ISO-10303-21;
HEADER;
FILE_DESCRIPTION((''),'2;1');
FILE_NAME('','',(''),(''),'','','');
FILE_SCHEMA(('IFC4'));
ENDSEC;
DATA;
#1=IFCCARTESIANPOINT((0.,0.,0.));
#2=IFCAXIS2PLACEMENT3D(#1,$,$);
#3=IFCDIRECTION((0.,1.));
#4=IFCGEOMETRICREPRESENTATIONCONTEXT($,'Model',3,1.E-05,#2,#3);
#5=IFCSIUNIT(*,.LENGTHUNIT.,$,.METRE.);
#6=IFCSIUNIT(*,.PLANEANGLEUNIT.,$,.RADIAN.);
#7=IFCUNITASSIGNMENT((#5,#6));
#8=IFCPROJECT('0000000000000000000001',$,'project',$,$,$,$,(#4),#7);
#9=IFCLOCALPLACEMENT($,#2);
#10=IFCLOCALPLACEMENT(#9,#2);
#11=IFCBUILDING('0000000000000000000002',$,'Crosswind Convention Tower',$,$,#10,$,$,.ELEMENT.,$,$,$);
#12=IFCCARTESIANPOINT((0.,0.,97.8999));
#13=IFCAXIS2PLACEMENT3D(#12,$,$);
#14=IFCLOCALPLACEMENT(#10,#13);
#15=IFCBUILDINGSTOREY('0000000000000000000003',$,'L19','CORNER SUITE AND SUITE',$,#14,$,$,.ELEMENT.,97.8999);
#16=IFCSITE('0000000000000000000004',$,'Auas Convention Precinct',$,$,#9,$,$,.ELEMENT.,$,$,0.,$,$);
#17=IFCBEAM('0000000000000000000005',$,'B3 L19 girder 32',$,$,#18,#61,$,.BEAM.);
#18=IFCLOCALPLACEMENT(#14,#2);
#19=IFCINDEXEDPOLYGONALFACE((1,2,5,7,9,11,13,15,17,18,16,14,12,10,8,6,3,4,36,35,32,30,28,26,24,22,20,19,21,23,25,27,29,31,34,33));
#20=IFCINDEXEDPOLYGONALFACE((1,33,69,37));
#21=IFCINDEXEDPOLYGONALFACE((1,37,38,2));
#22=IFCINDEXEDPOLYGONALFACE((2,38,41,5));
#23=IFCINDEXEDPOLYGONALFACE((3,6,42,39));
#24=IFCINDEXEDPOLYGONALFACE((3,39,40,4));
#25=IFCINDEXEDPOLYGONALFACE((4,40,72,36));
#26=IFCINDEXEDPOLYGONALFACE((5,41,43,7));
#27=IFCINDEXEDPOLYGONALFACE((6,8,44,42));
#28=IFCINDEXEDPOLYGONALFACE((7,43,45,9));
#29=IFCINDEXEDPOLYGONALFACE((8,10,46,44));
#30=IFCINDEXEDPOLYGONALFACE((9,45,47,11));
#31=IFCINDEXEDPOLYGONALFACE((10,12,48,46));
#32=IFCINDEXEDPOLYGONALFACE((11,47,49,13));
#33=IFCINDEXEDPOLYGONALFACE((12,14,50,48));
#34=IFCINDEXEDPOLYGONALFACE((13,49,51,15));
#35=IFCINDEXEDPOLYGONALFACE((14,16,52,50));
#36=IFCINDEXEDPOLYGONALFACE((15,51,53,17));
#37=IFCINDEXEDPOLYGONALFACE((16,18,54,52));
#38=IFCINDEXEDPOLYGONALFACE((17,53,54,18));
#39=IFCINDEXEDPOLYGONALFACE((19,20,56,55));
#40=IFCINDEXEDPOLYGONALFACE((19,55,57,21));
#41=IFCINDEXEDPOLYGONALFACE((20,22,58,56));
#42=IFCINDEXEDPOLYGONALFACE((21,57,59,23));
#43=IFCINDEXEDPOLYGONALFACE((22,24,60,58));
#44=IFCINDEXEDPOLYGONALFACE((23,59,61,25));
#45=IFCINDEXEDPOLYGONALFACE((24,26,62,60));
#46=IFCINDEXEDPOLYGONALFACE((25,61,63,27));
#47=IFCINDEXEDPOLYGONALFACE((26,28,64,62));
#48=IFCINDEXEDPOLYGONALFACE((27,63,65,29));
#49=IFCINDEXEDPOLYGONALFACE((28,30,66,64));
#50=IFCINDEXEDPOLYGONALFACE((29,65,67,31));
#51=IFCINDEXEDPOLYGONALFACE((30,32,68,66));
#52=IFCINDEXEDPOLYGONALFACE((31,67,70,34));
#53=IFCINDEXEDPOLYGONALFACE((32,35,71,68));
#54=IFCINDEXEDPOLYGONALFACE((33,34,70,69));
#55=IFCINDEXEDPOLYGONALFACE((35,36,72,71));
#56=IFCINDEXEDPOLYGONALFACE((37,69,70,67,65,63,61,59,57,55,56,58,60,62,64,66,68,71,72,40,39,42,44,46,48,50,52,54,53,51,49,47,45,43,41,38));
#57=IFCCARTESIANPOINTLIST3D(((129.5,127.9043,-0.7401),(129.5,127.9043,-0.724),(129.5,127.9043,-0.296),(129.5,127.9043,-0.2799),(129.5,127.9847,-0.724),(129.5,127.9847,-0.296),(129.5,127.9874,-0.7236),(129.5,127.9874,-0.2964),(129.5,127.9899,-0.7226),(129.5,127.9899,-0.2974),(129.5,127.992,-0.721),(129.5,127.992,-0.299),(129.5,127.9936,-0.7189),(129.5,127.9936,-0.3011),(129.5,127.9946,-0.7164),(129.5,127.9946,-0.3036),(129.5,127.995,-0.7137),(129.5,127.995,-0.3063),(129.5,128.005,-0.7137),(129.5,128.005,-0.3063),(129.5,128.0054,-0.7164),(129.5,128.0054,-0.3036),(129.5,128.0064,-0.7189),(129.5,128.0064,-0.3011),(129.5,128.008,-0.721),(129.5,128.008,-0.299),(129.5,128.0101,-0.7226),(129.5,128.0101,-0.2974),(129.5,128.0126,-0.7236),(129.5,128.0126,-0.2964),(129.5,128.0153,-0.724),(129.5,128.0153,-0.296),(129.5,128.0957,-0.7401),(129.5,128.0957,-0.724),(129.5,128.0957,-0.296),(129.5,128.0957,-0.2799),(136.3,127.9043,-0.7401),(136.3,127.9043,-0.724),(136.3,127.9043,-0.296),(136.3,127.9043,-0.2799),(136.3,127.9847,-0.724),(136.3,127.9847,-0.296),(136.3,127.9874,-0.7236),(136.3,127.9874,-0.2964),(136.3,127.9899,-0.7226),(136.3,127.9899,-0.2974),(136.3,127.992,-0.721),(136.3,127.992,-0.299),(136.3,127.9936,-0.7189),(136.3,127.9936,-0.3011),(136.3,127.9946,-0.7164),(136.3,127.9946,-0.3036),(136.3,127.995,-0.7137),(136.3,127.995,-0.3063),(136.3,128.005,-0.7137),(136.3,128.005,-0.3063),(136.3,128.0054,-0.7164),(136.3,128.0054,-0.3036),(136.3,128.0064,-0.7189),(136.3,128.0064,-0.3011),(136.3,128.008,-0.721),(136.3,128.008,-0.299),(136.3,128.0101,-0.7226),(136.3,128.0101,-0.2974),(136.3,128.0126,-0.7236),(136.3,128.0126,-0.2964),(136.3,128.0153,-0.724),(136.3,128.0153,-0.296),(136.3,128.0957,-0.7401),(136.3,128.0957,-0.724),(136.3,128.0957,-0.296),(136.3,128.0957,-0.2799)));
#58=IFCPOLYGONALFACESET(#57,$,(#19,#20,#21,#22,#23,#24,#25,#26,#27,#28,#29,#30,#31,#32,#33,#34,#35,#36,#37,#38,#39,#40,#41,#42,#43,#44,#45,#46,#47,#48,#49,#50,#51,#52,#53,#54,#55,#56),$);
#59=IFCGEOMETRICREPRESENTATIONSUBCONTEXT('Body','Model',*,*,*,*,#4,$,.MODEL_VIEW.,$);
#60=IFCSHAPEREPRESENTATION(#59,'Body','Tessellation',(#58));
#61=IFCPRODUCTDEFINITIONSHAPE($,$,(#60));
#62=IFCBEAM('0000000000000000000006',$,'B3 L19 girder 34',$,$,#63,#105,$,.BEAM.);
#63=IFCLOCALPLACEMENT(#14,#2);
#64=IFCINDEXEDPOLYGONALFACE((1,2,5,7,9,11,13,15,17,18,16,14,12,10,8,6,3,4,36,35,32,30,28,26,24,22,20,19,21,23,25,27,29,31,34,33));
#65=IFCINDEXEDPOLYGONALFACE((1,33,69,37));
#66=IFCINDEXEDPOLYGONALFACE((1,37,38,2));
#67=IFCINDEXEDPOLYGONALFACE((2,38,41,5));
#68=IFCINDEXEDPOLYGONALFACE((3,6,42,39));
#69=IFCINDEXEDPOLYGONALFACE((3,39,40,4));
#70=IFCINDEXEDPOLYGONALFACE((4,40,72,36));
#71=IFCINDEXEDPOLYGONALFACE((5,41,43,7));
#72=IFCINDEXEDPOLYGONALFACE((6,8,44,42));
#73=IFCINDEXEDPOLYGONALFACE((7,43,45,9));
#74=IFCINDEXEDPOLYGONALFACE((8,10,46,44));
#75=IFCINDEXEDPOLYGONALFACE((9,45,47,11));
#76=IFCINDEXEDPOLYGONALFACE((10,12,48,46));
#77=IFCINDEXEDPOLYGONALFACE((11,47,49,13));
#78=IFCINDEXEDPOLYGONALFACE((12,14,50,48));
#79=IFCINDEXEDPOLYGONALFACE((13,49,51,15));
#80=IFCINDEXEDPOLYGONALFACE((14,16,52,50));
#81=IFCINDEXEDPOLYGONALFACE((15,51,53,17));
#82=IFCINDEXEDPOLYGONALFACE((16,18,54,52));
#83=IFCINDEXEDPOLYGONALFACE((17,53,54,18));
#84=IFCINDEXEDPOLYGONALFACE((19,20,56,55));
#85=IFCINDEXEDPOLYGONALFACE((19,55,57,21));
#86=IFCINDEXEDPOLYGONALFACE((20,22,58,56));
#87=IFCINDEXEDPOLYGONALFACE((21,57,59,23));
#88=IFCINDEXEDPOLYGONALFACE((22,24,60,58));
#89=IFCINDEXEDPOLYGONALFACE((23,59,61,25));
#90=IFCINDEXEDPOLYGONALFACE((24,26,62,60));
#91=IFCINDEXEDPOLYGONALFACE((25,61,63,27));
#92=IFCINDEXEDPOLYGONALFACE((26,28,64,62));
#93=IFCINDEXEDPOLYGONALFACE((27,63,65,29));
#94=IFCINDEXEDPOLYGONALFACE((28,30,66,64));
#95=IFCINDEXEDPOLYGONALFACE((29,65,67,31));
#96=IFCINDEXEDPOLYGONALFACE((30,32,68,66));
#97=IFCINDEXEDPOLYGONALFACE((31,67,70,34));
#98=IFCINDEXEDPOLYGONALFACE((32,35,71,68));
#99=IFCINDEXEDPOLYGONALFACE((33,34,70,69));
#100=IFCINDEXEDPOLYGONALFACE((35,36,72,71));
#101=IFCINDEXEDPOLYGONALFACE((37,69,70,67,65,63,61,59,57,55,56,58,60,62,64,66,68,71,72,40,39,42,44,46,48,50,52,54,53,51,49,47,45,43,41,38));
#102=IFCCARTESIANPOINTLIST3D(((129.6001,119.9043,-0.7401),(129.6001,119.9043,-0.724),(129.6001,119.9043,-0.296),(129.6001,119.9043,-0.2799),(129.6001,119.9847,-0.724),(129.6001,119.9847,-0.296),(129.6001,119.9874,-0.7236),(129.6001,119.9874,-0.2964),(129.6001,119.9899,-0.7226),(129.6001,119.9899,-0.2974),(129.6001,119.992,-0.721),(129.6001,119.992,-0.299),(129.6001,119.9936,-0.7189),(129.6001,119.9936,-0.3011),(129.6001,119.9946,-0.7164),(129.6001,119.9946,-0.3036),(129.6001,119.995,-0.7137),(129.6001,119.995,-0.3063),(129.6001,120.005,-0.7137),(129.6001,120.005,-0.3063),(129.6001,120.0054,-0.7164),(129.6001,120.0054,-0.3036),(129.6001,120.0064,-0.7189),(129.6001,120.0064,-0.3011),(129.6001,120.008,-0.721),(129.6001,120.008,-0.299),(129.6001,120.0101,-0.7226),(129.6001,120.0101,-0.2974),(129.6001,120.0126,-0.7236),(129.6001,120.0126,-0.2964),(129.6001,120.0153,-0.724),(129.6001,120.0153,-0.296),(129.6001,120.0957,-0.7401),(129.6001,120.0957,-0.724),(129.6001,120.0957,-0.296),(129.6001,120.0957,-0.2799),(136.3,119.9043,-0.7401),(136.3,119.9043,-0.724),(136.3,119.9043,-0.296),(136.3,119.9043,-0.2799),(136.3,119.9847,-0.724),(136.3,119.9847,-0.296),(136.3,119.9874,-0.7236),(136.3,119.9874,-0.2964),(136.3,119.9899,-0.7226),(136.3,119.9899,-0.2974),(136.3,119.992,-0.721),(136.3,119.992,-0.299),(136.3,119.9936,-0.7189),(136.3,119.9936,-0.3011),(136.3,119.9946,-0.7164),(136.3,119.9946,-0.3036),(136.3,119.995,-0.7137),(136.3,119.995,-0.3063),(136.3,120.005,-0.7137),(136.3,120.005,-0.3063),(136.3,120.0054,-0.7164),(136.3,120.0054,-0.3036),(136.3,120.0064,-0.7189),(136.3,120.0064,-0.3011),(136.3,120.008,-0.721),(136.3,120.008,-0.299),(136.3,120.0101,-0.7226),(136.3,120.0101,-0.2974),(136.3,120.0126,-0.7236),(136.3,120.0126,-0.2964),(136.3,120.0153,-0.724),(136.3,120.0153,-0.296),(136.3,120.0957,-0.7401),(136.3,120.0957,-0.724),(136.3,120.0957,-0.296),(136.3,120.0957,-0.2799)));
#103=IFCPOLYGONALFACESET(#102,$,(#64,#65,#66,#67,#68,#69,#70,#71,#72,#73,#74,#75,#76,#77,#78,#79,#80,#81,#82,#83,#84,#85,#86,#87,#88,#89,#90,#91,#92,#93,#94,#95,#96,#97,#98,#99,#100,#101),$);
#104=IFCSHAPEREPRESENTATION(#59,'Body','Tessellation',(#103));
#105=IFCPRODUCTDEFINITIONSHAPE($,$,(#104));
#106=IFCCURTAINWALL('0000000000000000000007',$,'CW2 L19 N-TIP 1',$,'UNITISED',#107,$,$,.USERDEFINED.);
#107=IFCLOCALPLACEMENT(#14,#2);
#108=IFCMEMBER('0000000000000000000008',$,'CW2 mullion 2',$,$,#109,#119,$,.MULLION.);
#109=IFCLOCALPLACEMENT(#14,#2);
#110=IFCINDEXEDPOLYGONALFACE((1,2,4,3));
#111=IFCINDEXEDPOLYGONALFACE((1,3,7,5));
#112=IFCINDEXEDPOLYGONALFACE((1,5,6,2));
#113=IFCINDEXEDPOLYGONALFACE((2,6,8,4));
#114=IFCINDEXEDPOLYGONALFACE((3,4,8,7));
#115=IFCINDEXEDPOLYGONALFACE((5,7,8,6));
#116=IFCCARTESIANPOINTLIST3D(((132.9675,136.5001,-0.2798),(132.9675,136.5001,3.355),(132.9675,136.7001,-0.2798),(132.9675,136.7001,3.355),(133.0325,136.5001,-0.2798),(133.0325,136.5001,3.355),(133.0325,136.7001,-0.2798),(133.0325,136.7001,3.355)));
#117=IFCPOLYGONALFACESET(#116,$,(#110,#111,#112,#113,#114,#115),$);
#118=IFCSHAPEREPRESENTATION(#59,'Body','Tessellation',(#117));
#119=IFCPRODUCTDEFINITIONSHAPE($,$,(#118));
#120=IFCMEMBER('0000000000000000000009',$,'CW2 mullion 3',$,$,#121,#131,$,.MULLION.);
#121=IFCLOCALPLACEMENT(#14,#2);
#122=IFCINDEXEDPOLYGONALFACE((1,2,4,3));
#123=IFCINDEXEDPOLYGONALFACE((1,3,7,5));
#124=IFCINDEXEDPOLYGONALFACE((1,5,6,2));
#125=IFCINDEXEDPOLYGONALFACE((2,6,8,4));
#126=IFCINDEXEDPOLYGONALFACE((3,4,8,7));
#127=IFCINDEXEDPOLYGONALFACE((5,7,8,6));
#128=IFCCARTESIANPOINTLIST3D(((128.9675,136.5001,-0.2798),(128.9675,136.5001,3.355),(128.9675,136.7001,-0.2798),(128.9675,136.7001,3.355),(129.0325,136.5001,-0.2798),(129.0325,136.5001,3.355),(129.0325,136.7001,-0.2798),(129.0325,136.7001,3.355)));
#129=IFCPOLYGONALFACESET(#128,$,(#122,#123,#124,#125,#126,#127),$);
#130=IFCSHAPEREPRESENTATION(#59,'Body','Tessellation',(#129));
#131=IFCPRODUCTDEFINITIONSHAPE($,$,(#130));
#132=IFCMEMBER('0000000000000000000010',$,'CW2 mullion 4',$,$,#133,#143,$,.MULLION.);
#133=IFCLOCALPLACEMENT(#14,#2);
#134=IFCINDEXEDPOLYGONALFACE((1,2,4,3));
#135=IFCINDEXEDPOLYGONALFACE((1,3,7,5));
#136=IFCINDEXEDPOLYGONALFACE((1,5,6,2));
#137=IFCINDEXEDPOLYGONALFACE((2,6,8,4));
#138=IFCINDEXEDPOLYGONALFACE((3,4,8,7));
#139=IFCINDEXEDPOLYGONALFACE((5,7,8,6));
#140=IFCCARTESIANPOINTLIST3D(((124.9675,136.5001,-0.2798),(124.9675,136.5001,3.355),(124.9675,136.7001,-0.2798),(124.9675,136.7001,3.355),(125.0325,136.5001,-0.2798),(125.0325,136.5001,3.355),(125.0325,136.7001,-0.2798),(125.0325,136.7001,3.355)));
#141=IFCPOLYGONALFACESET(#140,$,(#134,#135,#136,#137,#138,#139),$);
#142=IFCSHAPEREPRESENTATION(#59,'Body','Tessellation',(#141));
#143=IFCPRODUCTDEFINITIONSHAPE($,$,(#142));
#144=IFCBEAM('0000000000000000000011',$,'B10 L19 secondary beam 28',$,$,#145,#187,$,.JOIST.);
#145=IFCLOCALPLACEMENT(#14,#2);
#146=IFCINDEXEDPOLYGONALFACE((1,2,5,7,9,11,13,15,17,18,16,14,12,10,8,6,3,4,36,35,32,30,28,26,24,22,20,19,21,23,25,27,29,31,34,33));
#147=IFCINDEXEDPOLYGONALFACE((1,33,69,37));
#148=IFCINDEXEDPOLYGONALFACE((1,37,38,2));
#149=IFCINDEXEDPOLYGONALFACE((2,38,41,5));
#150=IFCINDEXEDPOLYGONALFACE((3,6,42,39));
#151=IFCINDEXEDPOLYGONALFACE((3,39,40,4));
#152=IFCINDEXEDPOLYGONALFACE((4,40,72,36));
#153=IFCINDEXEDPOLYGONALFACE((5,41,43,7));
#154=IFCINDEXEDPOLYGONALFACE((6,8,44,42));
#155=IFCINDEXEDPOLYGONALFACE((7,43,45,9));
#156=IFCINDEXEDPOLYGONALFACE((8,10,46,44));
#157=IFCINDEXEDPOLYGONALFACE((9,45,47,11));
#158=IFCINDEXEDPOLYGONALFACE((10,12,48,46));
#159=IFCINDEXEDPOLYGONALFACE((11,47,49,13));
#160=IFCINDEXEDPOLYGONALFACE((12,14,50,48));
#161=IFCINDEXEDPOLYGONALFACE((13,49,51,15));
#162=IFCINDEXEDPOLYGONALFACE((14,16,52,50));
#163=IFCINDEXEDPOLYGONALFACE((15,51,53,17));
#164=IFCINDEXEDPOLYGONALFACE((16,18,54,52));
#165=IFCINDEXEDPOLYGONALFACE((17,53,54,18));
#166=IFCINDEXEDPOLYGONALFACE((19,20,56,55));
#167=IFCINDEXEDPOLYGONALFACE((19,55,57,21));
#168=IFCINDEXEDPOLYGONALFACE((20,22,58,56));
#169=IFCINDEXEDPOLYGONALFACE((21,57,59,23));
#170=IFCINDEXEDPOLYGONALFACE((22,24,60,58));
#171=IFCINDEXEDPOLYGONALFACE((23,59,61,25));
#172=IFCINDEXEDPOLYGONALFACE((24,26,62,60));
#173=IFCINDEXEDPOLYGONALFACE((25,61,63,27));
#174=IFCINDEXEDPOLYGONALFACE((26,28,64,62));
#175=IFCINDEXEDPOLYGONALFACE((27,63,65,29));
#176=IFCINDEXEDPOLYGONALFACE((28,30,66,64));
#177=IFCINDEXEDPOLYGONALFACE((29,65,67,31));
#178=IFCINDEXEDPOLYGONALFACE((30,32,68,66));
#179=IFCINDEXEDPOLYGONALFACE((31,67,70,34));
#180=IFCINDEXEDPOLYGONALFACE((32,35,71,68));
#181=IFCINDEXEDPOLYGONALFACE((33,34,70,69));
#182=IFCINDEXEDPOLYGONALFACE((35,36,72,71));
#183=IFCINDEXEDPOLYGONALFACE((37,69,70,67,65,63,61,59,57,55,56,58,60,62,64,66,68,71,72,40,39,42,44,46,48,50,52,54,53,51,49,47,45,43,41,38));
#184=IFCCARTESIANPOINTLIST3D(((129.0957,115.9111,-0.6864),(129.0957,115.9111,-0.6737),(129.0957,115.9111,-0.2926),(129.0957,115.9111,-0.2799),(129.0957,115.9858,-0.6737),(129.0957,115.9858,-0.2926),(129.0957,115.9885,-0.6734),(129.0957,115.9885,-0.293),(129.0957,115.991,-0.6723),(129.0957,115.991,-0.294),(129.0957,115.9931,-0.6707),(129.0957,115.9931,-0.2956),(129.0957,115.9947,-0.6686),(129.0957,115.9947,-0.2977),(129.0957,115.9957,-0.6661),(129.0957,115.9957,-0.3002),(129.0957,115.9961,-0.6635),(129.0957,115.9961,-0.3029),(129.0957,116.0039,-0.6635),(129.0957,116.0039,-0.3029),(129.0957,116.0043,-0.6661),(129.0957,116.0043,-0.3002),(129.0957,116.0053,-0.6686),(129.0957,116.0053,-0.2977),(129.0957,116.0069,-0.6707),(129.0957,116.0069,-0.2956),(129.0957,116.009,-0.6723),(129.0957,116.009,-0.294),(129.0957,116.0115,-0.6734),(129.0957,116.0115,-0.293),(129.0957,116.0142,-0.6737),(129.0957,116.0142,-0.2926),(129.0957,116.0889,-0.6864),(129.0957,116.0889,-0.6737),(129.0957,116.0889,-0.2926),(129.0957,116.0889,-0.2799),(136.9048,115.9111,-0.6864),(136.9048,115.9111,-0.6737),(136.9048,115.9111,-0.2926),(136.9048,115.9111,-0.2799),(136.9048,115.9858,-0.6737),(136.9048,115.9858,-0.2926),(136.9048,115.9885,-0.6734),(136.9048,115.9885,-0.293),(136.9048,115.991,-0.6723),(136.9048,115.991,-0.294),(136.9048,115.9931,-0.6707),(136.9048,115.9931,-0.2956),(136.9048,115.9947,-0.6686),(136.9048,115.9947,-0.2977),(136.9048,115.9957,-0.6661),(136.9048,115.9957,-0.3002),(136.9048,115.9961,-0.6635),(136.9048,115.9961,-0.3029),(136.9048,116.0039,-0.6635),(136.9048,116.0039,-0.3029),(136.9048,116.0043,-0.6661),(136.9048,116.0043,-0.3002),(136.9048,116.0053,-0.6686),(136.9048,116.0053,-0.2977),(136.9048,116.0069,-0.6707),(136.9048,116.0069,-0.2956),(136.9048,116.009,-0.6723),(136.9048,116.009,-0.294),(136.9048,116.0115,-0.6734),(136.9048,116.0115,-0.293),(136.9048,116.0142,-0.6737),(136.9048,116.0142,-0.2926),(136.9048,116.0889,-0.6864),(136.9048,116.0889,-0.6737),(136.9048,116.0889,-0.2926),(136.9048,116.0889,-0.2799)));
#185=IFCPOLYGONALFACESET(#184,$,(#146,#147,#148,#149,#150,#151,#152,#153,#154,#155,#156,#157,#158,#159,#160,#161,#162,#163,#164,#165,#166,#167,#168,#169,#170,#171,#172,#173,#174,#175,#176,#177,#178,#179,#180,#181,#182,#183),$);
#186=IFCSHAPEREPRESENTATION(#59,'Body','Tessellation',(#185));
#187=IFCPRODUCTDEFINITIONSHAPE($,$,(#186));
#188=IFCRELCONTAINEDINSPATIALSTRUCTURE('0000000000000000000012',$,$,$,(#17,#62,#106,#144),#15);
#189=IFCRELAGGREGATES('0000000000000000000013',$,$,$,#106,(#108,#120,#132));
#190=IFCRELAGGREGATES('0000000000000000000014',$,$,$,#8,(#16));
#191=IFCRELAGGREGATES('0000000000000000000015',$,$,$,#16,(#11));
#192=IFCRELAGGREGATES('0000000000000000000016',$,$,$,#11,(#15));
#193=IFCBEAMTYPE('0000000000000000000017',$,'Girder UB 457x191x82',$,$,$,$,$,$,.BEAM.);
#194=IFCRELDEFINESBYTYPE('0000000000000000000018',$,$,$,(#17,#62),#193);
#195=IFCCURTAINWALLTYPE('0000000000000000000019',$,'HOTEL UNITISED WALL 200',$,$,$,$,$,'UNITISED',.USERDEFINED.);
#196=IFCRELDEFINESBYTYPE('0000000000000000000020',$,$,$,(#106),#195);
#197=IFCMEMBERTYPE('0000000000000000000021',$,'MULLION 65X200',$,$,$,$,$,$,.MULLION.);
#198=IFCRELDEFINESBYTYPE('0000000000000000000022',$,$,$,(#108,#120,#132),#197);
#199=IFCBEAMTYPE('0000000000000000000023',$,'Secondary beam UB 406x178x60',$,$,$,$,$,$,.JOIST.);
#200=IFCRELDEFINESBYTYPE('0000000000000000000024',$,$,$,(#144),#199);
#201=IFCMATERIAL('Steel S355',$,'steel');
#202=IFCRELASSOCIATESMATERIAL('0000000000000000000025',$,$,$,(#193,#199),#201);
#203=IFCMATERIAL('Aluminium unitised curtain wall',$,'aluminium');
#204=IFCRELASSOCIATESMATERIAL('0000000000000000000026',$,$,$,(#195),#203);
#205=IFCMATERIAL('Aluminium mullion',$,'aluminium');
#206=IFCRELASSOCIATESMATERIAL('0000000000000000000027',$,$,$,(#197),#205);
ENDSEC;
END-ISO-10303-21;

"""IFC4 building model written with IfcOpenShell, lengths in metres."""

from ifc_helpers import new_model, si_unit, direction, frame, origin, origin_2d, place, context, subcontext, project, spatial, rectangle, i_section, extrude, material, material_profile, profile_set, type_object, element, aggregate, save


model = new_model("IFC4")

# Units and contexts
model_context = context("Model", 3, precision=1e-05, world=origin(), true_north=direction((0.0, 1.0)))
body_context = subcontext(model_context, "Body", "Model", "MODEL_VIEW")
ifc_project = project(units=[si_unit("LENGTHUNIT", "METRE"), si_unit("PLANEANGLEUNIT", "RADIAN")], contexts=[model_context])

# Site, building, storey
site_placement = place(None, origin())
site = spatial("IfcSite", under=ifc_project, at=site_placement, Name="Auas Convention Precinct", CompositionType="ELEMENT", RefElevation=0.0)
building_placement = place(site_placement, origin())
building = spatial("IfcBuilding", under=site, at=building_placement, Name="Crosswind Convention Tower", CompositionType="ELEMENT")
storey_placement = place(building_placement, frame((0.0, 0.0, 97.8999)))
storey = spatial("IfcBuildingStorey", under=building, at=storey_placement, Name="L19", Description="CORNER SUITE AND SUITE", CompositionType="ELEMENT", Elevation=97.8999)

# Beams
ifc_material_1 = material(Name="Steel S355", Category="steel")
ifc_material_profile_1 = material_profile(ifc_material_1, i_section(OverallWidth=0.1914, OverallDepth=0.4602, WebThickness=0.01, FlangeThickness=0.0161, FilletRadius=0.0103, at=origin_2d()), Name="UB 457x191x82")
ifc_profile_set_1 = profile_set([ifc_material_profile_1], Name="Steel S355")
beam_type_1 = type_object("IfcBeamType", Name="Girder UB 457x191x82", PredefinedType="BEAM", material=ifc_profile_set_1)
beam_1_placement = place(storey_placement, frame((129.5, 128.0, -0.51), z_axis=(1.0, 0.0, 0.0), x_axis=(0.0, 1.0, 0.0)))
element("IfcBeam", 1, at=beam_1_placement, inside=storey, type_object=beam_type_1, Name="B3 L19 girder 32", PredefinedType="BEAM", context=body_context, shape_type="SweptSolid", body=[
    extrude(i_section(OverallWidth=0.1914, OverallDepth=0.4602, WebThickness=0.01, FlangeThickness=0.0161, FilletRadius=0.0103, at=origin_2d()), origin(), (0.0, 0.0, 1.0), 6.8),
])
beam_2_placement = place(storey_placement, frame((129.6001, 120.0, -0.51), z_axis=(1.0, 0.0, 0.0), x_axis=(0.0, 1.0, 0.0)))
element("IfcBeam", 2, at=beam_2_placement, inside=storey, type_object=beam_type_1, Name="B3 L19 girder 34", PredefinedType="BEAM", context=body_context, shape_type="SweptSolid", body=[
    extrude(i_section(OverallWidth=0.1914, OverallDepth=0.4602, WebThickness=0.01, FlangeThickness=0.0161, FilletRadius=0.0103, at=origin_2d()), origin(), (0.0, 0.0, 1.0), 6.7),
])

# Curtain wall, members
ifc_material_2 = material(Name="Aluminium unitised curtain wall", Category="aluminium")
curtain_wall_type = type_object("IfcCurtainWallType", Name="HOTEL UNITISED WALL 200", ElementType="UNITISED", PredefinedType="USERDEFINED", material=ifc_material_2)
curtain_wall_placement = place(storey_placement, origin())
curtain_wall = element("IfcCurtainWall", 3, at=curtain_wall_placement, inside=storey, type_object=curtain_wall_type, Name="CW2 L19 N-TIP 1", ObjectType="UNITISED", PredefinedType="USERDEFINED")
ifc_material_3 = material(Name="Aluminium mullion", Category="aluminium")
ifc_material_profile_2 = material_profile(ifc_material_3, rectangle(XDim=0.2, YDim=0.0649, at=origin_2d()), Name="AL 200X65")
ifc_profile_set_2 = profile_set([ifc_material_profile_2], Name="Aluminium mullion")
member_type = type_object("IfcMemberType", Name="MULLION 65X200", PredefinedType="MULLION", material=ifc_profile_set_2)
member_1_placement = place(storey_placement, frame((133.0, 136.6001, -0.2798), z_axis=(0.0, 0.0, 1.0), x_axis=(0.0, 1.0, 0.0)))
member_1 = element("IfcMember", 4, at=member_1_placement, type_object=member_type, Name="CW2 mullion 2", PredefinedType="MULLION", context=body_context, shape_type="SweptSolid", body=[
    extrude(rectangle(XDim=0.2, YDim=0.0649, at=origin_2d()), origin(), (0.0, 0.0, 1.0), 3.6348),
])
member_2_placement = place(storey_placement, frame((129.0, 136.6001, -0.2798), z_axis=(0.0, 0.0, 1.0), x_axis=(0.0, 1.0, 0.0)))
member_2 = element("IfcMember", 5, at=member_2_placement, type_object=member_type, Name="CW2 mullion 3", PredefinedType="MULLION", context=body_context, shape_type="SweptSolid", body=[
    extrude(rectangle(XDim=0.2, YDim=0.0649, at=origin_2d()), origin(), (0.0, 0.0, 1.0), 3.6348),
])
member_3_placement = place(storey_placement, frame((125.0, 136.6001, -0.2798), z_axis=(0.0, 0.0, 1.0), x_axis=(0.0, 1.0, 0.0)))
member_3 = element("IfcMember", 6, at=member_3_placement, type_object=member_type, Name="CW2 mullion 4", PredefinedType="MULLION", context=body_context, shape_type="SweptSolid", body=[
    extrude(rectangle(XDim=0.2, YDim=0.0649, at=origin_2d()), origin(), (0.0, 0.0, 1.0), 3.6348),
])

# Beam
ifc_material_profile_3 = material_profile(ifc_material_1, i_section(OverallWidth=0.1777, OverallDepth=0.4065, WebThickness=0.0078, FlangeThickness=0.0127, FilletRadius=0.0103, at=origin_2d()), Name="UB 406x178x60")
ifc_profile_set_3 = profile_set([ifc_material_profile_3], Name="Steel S355")
beam_type_2 = type_object("IfcBeamType", Name="Secondary beam UB 406x178x60", PredefinedType="JOIST", material=ifc_profile_set_3)
for number, where, z_axis, x_axis, name in (
    (7, (129.0957, 116.0, -0.4832), (1.0, 0.0, 0.0), (0.0, 1.0, 0.0), "B10 L19 secondary beam 28"),
):
    element("IfcBeam", number, at=place(storey_placement, frame(where, z_axis=z_axis, x_axis=x_axis)), inside=storey, type_object=beam_type_2, Name=name, PredefinedType="JOIST", context=body_context, shape_type="SweptSolid", body=[
        extrude(i_section(OverallWidth=0.1777, OverallDepth=0.4065, WebThickness=0.0078, FlangeThickness=0.0127, FilletRadius=0.0103, at=origin_2d()), origin(), (0.0, 0.0, 1.0), 7.8091),
    ])

aggregate(curtain_wall, [member_1, member_2, member_3])

save(model, "model.ifc")
